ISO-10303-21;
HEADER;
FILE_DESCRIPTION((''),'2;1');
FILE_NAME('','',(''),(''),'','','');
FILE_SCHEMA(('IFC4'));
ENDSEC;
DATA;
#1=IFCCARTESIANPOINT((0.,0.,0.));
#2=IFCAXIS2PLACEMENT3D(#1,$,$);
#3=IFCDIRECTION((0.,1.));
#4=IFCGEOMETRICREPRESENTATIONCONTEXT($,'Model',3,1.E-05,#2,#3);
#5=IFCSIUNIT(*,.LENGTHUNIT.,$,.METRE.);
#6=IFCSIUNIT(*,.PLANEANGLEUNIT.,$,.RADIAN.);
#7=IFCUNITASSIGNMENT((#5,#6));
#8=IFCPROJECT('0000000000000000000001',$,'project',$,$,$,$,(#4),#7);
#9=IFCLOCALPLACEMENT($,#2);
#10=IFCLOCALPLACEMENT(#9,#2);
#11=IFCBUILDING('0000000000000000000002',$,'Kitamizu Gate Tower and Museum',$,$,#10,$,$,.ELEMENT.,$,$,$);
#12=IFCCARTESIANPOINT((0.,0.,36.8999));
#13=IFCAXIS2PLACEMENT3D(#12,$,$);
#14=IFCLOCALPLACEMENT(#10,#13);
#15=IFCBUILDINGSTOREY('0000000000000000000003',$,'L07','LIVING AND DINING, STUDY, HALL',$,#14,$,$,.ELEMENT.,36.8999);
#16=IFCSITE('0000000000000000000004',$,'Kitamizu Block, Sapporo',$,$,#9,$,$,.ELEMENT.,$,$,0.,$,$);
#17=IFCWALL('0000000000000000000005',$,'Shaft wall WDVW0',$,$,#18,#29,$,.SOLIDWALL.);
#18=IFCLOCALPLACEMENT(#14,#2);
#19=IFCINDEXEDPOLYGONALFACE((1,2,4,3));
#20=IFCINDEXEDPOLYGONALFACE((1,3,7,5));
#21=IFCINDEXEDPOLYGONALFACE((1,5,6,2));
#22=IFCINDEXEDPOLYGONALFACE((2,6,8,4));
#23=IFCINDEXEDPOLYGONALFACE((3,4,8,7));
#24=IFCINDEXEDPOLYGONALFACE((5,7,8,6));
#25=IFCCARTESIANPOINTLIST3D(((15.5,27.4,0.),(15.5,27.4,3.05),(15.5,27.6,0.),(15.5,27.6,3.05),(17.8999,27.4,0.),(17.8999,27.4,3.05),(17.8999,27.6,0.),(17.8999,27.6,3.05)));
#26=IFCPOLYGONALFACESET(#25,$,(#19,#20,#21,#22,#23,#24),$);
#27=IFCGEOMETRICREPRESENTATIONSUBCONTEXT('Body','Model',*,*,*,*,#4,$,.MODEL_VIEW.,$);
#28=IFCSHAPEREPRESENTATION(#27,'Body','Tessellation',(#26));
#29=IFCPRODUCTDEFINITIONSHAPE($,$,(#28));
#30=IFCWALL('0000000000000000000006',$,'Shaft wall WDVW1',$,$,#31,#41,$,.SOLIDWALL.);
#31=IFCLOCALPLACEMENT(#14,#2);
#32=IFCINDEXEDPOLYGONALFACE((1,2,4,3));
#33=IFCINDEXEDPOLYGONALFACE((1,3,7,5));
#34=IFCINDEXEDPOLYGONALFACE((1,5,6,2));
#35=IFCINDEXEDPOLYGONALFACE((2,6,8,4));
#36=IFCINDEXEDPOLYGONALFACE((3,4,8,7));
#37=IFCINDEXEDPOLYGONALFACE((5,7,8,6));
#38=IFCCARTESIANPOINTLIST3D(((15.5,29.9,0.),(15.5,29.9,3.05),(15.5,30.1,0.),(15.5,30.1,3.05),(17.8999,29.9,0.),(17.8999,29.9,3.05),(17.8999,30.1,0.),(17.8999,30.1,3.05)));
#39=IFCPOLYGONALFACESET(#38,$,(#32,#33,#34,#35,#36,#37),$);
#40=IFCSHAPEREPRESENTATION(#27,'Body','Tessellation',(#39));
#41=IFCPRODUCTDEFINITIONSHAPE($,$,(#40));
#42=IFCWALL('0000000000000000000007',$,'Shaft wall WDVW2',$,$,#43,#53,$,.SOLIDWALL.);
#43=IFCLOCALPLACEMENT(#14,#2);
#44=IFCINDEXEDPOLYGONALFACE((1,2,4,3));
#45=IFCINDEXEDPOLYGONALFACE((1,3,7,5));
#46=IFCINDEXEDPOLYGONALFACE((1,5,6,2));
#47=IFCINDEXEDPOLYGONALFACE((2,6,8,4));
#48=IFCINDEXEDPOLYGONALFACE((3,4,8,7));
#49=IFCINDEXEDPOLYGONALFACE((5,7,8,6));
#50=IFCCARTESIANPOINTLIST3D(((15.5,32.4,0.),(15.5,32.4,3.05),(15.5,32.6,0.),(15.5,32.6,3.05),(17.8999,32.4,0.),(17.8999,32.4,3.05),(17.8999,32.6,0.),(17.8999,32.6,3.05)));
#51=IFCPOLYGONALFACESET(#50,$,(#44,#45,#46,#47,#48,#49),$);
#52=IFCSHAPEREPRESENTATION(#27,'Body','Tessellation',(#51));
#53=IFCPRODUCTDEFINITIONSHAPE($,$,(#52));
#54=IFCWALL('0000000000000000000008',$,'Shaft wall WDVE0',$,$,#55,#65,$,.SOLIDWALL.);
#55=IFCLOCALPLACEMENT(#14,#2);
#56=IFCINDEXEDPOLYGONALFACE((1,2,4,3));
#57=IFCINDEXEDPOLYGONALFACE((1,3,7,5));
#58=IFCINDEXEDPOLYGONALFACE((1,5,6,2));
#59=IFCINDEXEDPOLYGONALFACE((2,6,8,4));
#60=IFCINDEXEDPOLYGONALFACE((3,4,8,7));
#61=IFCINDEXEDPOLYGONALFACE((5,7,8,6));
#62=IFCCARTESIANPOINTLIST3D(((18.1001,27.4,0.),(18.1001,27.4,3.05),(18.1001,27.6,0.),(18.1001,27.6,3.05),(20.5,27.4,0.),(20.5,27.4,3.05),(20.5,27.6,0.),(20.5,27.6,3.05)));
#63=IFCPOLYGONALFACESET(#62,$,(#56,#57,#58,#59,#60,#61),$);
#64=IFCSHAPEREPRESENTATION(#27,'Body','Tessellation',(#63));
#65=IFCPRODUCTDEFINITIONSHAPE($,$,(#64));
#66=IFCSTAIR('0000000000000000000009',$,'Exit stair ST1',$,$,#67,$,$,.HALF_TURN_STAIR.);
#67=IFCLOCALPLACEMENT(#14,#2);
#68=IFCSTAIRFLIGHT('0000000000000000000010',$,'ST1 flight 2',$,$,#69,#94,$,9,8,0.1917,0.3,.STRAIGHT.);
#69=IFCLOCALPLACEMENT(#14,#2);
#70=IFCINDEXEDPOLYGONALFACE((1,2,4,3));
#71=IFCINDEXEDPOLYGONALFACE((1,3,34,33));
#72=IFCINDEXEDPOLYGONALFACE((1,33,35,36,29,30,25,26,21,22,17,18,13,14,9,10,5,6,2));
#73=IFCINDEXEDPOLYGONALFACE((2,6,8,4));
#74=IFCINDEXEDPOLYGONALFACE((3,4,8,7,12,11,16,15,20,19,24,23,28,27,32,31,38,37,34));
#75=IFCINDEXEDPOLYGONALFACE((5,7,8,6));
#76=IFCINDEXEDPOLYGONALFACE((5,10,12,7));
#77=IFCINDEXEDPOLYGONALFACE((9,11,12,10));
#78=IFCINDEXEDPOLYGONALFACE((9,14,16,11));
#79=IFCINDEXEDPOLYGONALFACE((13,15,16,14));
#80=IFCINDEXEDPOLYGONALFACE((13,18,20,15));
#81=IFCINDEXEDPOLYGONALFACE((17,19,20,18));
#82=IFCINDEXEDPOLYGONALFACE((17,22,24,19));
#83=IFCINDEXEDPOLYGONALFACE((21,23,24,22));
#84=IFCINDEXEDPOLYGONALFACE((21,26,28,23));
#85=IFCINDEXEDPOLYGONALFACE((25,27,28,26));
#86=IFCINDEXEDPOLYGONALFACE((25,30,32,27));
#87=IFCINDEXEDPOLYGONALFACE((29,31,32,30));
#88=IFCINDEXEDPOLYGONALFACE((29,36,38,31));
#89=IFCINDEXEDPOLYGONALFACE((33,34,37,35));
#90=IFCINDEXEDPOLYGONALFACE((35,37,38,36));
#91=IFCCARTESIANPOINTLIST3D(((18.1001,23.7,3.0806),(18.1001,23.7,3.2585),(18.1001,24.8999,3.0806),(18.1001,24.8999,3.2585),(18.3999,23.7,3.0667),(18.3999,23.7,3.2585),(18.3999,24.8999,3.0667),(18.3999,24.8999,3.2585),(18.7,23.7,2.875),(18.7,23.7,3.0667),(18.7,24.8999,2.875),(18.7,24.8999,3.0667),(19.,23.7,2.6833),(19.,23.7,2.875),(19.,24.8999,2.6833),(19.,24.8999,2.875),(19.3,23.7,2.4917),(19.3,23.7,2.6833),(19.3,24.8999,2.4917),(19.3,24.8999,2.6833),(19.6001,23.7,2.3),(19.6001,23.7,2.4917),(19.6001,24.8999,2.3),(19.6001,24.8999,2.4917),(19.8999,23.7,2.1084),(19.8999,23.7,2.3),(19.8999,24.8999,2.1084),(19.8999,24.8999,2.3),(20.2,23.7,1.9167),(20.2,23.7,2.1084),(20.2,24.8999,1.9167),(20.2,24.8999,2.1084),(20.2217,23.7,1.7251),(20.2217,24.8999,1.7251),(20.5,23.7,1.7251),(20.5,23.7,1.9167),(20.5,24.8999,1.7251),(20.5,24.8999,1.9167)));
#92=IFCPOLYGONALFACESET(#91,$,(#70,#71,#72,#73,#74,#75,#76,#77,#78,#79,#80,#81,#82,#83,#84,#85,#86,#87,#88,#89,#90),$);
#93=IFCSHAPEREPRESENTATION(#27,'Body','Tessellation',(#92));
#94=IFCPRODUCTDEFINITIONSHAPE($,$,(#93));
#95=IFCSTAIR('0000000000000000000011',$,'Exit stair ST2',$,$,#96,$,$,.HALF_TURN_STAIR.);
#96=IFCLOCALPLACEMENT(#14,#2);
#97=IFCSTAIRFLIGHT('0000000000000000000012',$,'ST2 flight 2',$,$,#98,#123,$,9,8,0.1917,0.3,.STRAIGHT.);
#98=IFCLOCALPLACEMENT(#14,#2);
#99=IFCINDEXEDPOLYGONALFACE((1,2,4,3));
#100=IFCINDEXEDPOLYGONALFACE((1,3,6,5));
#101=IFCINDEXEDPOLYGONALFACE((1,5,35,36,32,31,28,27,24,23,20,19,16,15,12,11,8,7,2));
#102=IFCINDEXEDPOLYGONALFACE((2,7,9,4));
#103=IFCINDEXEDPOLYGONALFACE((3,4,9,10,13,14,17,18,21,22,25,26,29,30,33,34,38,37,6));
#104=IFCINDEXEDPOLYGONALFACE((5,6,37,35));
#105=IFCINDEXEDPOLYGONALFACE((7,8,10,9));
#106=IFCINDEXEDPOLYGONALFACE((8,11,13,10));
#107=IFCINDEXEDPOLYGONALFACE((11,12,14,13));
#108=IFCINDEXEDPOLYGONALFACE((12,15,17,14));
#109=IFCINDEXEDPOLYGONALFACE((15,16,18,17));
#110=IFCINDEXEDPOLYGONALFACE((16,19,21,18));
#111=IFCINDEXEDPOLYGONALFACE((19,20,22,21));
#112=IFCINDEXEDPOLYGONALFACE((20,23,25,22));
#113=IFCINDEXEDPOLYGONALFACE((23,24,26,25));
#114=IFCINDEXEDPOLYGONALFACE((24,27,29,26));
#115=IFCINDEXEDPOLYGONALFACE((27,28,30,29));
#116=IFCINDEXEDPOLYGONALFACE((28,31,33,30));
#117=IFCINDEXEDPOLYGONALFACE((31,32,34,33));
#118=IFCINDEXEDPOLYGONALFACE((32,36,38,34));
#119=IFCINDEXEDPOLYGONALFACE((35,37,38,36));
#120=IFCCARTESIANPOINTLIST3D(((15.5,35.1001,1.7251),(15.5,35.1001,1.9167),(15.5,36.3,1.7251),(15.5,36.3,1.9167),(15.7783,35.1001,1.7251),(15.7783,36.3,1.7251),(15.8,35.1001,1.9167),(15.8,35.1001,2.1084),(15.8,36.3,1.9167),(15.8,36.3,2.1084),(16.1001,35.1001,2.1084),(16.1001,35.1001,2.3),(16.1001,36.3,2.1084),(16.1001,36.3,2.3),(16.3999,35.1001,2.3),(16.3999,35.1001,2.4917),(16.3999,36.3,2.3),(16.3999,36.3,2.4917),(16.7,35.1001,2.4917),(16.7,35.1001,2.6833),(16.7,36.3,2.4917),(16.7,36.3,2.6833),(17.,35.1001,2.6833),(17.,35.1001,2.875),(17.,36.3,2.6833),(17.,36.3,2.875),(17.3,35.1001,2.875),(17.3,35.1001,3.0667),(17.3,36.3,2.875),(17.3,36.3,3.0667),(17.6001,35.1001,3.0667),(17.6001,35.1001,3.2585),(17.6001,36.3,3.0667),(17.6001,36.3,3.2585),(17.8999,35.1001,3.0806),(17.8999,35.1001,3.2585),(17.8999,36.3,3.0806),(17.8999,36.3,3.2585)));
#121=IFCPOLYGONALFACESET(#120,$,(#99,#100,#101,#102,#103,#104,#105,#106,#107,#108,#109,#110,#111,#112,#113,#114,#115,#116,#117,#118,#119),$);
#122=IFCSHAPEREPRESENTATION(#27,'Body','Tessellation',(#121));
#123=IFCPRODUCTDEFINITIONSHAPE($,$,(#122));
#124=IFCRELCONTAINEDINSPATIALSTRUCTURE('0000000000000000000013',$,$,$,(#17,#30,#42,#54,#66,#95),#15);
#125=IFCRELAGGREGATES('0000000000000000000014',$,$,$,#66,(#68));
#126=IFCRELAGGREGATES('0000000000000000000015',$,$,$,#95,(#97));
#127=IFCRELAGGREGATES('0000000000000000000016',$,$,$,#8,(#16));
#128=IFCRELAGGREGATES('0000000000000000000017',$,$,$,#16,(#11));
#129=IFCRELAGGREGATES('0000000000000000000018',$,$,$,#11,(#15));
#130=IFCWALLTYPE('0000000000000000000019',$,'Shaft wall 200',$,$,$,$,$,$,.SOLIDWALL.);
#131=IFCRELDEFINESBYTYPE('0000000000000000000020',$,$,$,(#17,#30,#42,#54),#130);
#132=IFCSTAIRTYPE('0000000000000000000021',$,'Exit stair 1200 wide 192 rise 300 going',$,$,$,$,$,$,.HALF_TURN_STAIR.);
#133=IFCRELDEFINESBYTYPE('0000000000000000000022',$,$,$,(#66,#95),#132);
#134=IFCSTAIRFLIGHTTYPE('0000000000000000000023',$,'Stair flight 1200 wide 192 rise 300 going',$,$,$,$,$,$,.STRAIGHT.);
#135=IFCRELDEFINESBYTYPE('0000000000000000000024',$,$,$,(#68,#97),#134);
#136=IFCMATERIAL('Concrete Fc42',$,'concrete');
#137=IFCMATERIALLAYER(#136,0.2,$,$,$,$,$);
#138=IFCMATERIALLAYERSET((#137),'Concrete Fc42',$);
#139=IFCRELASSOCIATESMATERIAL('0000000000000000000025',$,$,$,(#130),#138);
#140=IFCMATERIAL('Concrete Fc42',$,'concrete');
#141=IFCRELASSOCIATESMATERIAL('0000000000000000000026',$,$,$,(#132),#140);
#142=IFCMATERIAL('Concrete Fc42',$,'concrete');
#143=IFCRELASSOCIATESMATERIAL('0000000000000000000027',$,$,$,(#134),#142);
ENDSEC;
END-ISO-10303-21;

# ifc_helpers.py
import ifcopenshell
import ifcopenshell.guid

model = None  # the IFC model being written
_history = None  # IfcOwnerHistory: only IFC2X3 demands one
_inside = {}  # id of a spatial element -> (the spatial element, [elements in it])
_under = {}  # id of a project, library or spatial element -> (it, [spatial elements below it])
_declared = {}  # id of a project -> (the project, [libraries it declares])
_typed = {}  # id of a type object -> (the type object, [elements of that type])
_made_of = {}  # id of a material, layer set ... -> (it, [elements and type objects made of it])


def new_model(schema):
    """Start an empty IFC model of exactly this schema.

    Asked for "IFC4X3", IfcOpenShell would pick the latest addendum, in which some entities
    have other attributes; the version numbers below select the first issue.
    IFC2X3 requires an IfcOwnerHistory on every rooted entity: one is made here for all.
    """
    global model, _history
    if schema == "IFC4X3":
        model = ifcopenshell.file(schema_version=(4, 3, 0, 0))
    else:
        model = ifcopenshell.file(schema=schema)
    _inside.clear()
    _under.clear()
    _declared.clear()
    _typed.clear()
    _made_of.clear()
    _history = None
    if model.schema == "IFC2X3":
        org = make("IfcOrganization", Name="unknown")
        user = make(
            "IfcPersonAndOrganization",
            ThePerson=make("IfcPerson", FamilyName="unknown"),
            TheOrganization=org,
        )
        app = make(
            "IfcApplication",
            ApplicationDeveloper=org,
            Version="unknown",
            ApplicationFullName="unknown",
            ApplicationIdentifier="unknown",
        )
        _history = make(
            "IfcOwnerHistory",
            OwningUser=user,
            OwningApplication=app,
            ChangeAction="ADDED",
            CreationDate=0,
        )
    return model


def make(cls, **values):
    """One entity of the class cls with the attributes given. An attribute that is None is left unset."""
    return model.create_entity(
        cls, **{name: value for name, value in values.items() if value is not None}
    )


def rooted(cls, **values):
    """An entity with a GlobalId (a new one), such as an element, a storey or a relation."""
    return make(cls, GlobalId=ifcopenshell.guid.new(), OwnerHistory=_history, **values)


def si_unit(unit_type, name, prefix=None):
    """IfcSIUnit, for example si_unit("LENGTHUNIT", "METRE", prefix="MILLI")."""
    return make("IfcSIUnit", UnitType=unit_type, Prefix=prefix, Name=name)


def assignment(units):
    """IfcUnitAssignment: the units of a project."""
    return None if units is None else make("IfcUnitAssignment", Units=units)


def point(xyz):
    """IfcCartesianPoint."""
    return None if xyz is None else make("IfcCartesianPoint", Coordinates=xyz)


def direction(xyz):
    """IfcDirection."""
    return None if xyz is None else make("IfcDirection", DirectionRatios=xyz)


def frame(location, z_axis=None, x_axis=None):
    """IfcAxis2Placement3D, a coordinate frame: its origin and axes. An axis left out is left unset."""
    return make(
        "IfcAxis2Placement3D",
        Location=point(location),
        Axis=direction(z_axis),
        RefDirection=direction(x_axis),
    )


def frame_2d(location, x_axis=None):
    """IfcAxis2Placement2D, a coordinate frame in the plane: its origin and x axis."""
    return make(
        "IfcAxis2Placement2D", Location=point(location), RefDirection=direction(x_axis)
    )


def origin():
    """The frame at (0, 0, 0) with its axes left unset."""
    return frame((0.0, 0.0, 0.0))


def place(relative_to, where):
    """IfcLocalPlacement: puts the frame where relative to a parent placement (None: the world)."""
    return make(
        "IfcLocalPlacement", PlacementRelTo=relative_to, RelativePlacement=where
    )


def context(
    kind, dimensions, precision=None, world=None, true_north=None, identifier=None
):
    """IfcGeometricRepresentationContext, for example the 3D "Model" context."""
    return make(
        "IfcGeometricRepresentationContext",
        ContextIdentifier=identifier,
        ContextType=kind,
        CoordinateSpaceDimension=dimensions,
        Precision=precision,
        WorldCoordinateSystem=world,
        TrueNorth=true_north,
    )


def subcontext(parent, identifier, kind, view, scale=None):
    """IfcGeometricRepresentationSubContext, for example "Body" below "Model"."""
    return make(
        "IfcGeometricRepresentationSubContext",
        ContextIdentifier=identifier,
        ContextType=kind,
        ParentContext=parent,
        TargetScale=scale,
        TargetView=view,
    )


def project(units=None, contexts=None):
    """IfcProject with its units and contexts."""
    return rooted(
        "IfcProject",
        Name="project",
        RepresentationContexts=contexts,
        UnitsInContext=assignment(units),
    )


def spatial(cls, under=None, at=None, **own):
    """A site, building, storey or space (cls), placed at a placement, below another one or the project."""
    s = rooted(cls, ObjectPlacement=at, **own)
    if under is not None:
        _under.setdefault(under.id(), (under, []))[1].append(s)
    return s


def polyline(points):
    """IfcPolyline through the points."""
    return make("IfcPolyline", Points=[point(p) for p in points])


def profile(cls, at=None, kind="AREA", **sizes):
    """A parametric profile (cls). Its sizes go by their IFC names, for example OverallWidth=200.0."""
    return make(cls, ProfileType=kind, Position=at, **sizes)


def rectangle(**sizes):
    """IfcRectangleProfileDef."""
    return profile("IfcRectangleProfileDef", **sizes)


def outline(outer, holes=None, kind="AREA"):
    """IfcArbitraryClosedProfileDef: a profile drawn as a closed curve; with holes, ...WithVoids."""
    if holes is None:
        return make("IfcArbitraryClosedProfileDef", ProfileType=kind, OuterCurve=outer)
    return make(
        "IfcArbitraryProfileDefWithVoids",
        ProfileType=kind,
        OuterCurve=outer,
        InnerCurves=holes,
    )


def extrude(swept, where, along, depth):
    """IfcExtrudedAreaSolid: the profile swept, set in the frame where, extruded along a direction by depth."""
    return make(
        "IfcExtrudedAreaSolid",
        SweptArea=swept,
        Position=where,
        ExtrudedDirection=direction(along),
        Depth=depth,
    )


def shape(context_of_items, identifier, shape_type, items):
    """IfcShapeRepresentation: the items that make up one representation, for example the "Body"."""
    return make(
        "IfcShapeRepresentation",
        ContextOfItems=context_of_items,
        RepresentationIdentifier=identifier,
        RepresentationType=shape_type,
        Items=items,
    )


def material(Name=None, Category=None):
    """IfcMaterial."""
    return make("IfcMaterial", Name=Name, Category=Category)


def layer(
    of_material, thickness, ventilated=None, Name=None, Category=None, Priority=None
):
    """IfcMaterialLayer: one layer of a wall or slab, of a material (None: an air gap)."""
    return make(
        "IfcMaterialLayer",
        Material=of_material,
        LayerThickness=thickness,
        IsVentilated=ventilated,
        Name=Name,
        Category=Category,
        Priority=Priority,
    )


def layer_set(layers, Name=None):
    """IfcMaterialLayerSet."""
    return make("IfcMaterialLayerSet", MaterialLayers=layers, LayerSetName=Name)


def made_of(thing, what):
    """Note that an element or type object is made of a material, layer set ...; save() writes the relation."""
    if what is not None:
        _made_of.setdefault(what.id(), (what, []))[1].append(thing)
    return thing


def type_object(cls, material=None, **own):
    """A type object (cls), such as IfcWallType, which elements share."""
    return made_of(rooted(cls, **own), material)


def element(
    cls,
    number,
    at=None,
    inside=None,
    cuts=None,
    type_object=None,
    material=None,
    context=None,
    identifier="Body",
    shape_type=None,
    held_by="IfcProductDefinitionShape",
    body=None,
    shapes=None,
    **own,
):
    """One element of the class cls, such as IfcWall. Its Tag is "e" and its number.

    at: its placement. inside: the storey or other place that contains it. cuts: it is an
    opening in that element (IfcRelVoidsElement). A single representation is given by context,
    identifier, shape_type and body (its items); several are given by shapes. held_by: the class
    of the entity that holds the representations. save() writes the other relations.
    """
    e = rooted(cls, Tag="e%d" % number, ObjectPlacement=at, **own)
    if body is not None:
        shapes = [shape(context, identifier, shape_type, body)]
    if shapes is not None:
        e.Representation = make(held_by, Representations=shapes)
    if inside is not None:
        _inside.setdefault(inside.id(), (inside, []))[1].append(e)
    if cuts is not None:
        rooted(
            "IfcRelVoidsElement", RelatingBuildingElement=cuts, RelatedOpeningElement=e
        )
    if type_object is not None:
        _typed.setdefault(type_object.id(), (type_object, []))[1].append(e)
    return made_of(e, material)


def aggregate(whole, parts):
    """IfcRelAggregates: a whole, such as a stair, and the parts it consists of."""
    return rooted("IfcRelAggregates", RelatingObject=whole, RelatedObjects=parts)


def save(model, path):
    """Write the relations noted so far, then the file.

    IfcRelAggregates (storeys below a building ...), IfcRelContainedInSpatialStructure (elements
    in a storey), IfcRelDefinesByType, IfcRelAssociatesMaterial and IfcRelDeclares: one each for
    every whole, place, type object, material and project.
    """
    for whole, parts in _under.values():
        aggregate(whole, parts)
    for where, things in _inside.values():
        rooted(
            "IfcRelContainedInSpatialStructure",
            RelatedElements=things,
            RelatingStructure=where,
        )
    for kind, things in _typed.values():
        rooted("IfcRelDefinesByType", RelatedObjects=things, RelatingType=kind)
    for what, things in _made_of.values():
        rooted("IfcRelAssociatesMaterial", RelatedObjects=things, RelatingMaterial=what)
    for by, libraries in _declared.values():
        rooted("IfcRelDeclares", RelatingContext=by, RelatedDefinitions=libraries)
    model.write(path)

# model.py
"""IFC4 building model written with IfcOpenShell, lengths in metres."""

from ifc_helpers import new_model, si_unit, direction, frame, frame_2d, origin, place, context, subcontext, project, spatial, polyline, rectangle, outline, extrude, material, layer, layer_set, type_object, element, aggregate, save


model = new_model("IFC4")

# Units and contexts
model_context = context("Model", 3, precision=1e-05, world=origin(), true_north=direction((0.0, 1.0)))
body_context = subcontext(model_context, "Body", "Model", "MODEL_VIEW")
ifc_project = project(units=[si_unit("LENGTHUNIT", "METRE"), si_unit("PLANEANGLEUNIT", "RADIAN")], contexts=[model_context])

# Site, building, storey
site_placement = place(None, origin())
site = spatial("IfcSite", under=ifc_project, at=site_placement, Name="Kitamizu Block, Sapporo", CompositionType="ELEMENT", RefElevation=0.0)
building_placement = place(site_placement, origin())
building = spatial("IfcBuilding", under=site, at=building_placement, Name="Kitamizu Gate Tower and Museum", CompositionType="ELEMENT")
storey_placement = place(building_placement, frame((0.0, 0.0, 36.8999)))
storey = spatial("IfcBuildingStorey", under=building, at=storey_placement, Name="L07", Description="LIVING AND DINING, STUDY, HALL", CompositionType="ELEMENT", Elevation=36.8999)

# Shared definitions
ifc_material_1 = material(Name="Concrete Fc42", Category="concrete")
ifc_layer_1 = layer(ifc_material_1, 0.2)
ifc_layer_set_1 = layer_set([ifc_layer_1], Name="Concrete Fc42")
wall_type_1 = type_object("IfcWallType", Name="Shaft wall 200", PredefinedType="SOLIDWALL", material=ifc_layer_set_1)

# Walls
for number, where, z_axis, x_axis, name in (
    (1, (15.5, 27.5, 0.0), (0.0, 0.0, 1.0), (1.0, 0.0, 0.0), "Shaft wall WDVW0"),
    (2, (15.5, 30.0, 0.0), (0.0, 0.0, 1.0), (1.0, 0.0, 0.0), "Shaft wall WDVW1"),
    (3, (15.5, 32.5, 0.0), (0.0, 0.0, 1.0), (1.0, 0.0, 0.0), "Shaft wall WDVW2"),
    (4, (18.1001, 27.5, 0.0), (0.0, 0.0, 1.0), (1.0, 0.0, 0.0), "Shaft wall WDVE0"),
):
    element("IfcWall", number, at=place(storey_placement, frame(where, z_axis=z_axis, x_axis=x_axis)), inside=storey, type_object=wall_type_1, Name=name, PredefinedType="SOLIDWALL", context=body_context, shape_type="SweptSolid", body=[
        extrude(rectangle(XDim=2.3999, YDim=0.2, at=frame_2d((1.2, 0.0))), origin(), (0.0, 0.0, 1.0), 3.05),
    ])

# Stairs, stair flights
ifc_material_2 = material(Name="Concrete Fc42", Category="concrete")
stair_type = type_object("IfcStairType", Name="Exit stair 1200 wide 192 rise 300 going", PredefinedType="HALF_TURN_STAIR", material=ifc_material_2)
stair_1_placement = place(storey_placement, origin())
stair_1 = element("IfcStair", 5, at=stair_1_placement, inside=storey, type_object=stair_type, Name="Exit stair ST1", PredefinedType="HALF_TURN_STAIR")
ifc_material_3 = material(Name="Concrete Fc42", Category="concrete")
stair_flight_type = type_object("IfcStairFlightType", Name="Stair flight 1200 wide 192 rise 300 going", PredefinedType="STRAIGHT", material=ifc_material_3)
stair_flight_1_placement = place(storey_placement, frame((20.5, 24.3, 1.7251), z_axis=(0.0, 0.0, 1.0), x_axis=(-1.0, 0.0, 0.0)))
stair_flight_1 = element("IfcStairFlight", 6, at=stair_flight_1_placement, type_object=stair_flight_type, Name="ST1 flight 2", NumberOfRisers=9, NumberOfTreads=8, PredefinedType="STRAIGHT", RiserHeight=0.1917, TreadLength=0.3, context=body_context, shape_type="SweptSolid", body=[
    extrude(outline(polyline([(0.0, 0.0), (0.0, 0.1917), (0.3, 0.1917), (0.3, 0.3833), (0.6001, 0.3833), (0.6001, 0.575), (0.8999, 0.575), (0.8999, 0.7666), (1.2, 0.7666), (1.2, 0.9583), (1.5, 0.9583), (1.5, 1.1499), (1.8, 1.1499), (1.8, 1.3416), (2.1001, 1.3416), (2.1001, 1.5334), (2.3999, 1.5334), (2.3999, 1.7251), (2.3999, 1.3555), (0.2783, 0.0), (0.0, 0.0)])), frame((0.0, 0.6001, 0.0), z_axis=(0.0, -1.0, 0.0), x_axis=(1.0, 0.0, 0.0)), (0.0, 0.0, 1.0), 1.2),
])
aggregate(stair_1, [stair_flight_1])
stair_2_placement = place(storey_placement, origin())
stair_2 = element("IfcStair", 7, at=stair_2_placement, inside=storey, type_object=stair_type, Name="Exit stair ST2", PredefinedType="HALF_TURN_STAIR")
stair_flight_2_placement = place(storey_placement, frame((15.5, 35.7, 1.7251), z_axis=(0.0, 0.0, 1.0), x_axis=(1.0, 0.0, 0.0)))
stair_flight_2 = element("IfcStairFlight", 8, at=stair_flight_2_placement, type_object=stair_flight_type, Name="ST2 flight 2", NumberOfRisers=9, NumberOfTreads=8, PredefinedType="STRAIGHT", RiserHeight=0.1917, TreadLength=0.3, context=body_context, shape_type="SweptSolid", body=[
    extrude(outline(polyline([(0.0, 0.0), (0.0, 0.1917), (0.3, 0.1917), (0.3, 0.3833), (0.6001, 0.3833), (0.6001, 0.575), (0.8999, 0.575), (0.8999, 0.7666), (1.2, 0.7666), (1.2, 0.9583), (1.5, 0.9583), (1.5, 1.1499), (1.8, 1.1499), (1.8, 1.3416), (2.1001, 1.3416), (2.1001, 1.5334), (2.3999, 1.5334), (2.3999, 1.7251), (2.3999, 1.3555), (0.2783, 0.0), (0.0, 0.0)])), frame((0.0, 0.6001, 0.0), z_axis=(0.0, -1.0, 0.0), x_axis=(1.0, 0.0, 0.0)), (0.0, 0.0, 1.0), 1.2),
])
aggregate(stair_2, [stair_flight_2])

save(model, "model.ifc")
